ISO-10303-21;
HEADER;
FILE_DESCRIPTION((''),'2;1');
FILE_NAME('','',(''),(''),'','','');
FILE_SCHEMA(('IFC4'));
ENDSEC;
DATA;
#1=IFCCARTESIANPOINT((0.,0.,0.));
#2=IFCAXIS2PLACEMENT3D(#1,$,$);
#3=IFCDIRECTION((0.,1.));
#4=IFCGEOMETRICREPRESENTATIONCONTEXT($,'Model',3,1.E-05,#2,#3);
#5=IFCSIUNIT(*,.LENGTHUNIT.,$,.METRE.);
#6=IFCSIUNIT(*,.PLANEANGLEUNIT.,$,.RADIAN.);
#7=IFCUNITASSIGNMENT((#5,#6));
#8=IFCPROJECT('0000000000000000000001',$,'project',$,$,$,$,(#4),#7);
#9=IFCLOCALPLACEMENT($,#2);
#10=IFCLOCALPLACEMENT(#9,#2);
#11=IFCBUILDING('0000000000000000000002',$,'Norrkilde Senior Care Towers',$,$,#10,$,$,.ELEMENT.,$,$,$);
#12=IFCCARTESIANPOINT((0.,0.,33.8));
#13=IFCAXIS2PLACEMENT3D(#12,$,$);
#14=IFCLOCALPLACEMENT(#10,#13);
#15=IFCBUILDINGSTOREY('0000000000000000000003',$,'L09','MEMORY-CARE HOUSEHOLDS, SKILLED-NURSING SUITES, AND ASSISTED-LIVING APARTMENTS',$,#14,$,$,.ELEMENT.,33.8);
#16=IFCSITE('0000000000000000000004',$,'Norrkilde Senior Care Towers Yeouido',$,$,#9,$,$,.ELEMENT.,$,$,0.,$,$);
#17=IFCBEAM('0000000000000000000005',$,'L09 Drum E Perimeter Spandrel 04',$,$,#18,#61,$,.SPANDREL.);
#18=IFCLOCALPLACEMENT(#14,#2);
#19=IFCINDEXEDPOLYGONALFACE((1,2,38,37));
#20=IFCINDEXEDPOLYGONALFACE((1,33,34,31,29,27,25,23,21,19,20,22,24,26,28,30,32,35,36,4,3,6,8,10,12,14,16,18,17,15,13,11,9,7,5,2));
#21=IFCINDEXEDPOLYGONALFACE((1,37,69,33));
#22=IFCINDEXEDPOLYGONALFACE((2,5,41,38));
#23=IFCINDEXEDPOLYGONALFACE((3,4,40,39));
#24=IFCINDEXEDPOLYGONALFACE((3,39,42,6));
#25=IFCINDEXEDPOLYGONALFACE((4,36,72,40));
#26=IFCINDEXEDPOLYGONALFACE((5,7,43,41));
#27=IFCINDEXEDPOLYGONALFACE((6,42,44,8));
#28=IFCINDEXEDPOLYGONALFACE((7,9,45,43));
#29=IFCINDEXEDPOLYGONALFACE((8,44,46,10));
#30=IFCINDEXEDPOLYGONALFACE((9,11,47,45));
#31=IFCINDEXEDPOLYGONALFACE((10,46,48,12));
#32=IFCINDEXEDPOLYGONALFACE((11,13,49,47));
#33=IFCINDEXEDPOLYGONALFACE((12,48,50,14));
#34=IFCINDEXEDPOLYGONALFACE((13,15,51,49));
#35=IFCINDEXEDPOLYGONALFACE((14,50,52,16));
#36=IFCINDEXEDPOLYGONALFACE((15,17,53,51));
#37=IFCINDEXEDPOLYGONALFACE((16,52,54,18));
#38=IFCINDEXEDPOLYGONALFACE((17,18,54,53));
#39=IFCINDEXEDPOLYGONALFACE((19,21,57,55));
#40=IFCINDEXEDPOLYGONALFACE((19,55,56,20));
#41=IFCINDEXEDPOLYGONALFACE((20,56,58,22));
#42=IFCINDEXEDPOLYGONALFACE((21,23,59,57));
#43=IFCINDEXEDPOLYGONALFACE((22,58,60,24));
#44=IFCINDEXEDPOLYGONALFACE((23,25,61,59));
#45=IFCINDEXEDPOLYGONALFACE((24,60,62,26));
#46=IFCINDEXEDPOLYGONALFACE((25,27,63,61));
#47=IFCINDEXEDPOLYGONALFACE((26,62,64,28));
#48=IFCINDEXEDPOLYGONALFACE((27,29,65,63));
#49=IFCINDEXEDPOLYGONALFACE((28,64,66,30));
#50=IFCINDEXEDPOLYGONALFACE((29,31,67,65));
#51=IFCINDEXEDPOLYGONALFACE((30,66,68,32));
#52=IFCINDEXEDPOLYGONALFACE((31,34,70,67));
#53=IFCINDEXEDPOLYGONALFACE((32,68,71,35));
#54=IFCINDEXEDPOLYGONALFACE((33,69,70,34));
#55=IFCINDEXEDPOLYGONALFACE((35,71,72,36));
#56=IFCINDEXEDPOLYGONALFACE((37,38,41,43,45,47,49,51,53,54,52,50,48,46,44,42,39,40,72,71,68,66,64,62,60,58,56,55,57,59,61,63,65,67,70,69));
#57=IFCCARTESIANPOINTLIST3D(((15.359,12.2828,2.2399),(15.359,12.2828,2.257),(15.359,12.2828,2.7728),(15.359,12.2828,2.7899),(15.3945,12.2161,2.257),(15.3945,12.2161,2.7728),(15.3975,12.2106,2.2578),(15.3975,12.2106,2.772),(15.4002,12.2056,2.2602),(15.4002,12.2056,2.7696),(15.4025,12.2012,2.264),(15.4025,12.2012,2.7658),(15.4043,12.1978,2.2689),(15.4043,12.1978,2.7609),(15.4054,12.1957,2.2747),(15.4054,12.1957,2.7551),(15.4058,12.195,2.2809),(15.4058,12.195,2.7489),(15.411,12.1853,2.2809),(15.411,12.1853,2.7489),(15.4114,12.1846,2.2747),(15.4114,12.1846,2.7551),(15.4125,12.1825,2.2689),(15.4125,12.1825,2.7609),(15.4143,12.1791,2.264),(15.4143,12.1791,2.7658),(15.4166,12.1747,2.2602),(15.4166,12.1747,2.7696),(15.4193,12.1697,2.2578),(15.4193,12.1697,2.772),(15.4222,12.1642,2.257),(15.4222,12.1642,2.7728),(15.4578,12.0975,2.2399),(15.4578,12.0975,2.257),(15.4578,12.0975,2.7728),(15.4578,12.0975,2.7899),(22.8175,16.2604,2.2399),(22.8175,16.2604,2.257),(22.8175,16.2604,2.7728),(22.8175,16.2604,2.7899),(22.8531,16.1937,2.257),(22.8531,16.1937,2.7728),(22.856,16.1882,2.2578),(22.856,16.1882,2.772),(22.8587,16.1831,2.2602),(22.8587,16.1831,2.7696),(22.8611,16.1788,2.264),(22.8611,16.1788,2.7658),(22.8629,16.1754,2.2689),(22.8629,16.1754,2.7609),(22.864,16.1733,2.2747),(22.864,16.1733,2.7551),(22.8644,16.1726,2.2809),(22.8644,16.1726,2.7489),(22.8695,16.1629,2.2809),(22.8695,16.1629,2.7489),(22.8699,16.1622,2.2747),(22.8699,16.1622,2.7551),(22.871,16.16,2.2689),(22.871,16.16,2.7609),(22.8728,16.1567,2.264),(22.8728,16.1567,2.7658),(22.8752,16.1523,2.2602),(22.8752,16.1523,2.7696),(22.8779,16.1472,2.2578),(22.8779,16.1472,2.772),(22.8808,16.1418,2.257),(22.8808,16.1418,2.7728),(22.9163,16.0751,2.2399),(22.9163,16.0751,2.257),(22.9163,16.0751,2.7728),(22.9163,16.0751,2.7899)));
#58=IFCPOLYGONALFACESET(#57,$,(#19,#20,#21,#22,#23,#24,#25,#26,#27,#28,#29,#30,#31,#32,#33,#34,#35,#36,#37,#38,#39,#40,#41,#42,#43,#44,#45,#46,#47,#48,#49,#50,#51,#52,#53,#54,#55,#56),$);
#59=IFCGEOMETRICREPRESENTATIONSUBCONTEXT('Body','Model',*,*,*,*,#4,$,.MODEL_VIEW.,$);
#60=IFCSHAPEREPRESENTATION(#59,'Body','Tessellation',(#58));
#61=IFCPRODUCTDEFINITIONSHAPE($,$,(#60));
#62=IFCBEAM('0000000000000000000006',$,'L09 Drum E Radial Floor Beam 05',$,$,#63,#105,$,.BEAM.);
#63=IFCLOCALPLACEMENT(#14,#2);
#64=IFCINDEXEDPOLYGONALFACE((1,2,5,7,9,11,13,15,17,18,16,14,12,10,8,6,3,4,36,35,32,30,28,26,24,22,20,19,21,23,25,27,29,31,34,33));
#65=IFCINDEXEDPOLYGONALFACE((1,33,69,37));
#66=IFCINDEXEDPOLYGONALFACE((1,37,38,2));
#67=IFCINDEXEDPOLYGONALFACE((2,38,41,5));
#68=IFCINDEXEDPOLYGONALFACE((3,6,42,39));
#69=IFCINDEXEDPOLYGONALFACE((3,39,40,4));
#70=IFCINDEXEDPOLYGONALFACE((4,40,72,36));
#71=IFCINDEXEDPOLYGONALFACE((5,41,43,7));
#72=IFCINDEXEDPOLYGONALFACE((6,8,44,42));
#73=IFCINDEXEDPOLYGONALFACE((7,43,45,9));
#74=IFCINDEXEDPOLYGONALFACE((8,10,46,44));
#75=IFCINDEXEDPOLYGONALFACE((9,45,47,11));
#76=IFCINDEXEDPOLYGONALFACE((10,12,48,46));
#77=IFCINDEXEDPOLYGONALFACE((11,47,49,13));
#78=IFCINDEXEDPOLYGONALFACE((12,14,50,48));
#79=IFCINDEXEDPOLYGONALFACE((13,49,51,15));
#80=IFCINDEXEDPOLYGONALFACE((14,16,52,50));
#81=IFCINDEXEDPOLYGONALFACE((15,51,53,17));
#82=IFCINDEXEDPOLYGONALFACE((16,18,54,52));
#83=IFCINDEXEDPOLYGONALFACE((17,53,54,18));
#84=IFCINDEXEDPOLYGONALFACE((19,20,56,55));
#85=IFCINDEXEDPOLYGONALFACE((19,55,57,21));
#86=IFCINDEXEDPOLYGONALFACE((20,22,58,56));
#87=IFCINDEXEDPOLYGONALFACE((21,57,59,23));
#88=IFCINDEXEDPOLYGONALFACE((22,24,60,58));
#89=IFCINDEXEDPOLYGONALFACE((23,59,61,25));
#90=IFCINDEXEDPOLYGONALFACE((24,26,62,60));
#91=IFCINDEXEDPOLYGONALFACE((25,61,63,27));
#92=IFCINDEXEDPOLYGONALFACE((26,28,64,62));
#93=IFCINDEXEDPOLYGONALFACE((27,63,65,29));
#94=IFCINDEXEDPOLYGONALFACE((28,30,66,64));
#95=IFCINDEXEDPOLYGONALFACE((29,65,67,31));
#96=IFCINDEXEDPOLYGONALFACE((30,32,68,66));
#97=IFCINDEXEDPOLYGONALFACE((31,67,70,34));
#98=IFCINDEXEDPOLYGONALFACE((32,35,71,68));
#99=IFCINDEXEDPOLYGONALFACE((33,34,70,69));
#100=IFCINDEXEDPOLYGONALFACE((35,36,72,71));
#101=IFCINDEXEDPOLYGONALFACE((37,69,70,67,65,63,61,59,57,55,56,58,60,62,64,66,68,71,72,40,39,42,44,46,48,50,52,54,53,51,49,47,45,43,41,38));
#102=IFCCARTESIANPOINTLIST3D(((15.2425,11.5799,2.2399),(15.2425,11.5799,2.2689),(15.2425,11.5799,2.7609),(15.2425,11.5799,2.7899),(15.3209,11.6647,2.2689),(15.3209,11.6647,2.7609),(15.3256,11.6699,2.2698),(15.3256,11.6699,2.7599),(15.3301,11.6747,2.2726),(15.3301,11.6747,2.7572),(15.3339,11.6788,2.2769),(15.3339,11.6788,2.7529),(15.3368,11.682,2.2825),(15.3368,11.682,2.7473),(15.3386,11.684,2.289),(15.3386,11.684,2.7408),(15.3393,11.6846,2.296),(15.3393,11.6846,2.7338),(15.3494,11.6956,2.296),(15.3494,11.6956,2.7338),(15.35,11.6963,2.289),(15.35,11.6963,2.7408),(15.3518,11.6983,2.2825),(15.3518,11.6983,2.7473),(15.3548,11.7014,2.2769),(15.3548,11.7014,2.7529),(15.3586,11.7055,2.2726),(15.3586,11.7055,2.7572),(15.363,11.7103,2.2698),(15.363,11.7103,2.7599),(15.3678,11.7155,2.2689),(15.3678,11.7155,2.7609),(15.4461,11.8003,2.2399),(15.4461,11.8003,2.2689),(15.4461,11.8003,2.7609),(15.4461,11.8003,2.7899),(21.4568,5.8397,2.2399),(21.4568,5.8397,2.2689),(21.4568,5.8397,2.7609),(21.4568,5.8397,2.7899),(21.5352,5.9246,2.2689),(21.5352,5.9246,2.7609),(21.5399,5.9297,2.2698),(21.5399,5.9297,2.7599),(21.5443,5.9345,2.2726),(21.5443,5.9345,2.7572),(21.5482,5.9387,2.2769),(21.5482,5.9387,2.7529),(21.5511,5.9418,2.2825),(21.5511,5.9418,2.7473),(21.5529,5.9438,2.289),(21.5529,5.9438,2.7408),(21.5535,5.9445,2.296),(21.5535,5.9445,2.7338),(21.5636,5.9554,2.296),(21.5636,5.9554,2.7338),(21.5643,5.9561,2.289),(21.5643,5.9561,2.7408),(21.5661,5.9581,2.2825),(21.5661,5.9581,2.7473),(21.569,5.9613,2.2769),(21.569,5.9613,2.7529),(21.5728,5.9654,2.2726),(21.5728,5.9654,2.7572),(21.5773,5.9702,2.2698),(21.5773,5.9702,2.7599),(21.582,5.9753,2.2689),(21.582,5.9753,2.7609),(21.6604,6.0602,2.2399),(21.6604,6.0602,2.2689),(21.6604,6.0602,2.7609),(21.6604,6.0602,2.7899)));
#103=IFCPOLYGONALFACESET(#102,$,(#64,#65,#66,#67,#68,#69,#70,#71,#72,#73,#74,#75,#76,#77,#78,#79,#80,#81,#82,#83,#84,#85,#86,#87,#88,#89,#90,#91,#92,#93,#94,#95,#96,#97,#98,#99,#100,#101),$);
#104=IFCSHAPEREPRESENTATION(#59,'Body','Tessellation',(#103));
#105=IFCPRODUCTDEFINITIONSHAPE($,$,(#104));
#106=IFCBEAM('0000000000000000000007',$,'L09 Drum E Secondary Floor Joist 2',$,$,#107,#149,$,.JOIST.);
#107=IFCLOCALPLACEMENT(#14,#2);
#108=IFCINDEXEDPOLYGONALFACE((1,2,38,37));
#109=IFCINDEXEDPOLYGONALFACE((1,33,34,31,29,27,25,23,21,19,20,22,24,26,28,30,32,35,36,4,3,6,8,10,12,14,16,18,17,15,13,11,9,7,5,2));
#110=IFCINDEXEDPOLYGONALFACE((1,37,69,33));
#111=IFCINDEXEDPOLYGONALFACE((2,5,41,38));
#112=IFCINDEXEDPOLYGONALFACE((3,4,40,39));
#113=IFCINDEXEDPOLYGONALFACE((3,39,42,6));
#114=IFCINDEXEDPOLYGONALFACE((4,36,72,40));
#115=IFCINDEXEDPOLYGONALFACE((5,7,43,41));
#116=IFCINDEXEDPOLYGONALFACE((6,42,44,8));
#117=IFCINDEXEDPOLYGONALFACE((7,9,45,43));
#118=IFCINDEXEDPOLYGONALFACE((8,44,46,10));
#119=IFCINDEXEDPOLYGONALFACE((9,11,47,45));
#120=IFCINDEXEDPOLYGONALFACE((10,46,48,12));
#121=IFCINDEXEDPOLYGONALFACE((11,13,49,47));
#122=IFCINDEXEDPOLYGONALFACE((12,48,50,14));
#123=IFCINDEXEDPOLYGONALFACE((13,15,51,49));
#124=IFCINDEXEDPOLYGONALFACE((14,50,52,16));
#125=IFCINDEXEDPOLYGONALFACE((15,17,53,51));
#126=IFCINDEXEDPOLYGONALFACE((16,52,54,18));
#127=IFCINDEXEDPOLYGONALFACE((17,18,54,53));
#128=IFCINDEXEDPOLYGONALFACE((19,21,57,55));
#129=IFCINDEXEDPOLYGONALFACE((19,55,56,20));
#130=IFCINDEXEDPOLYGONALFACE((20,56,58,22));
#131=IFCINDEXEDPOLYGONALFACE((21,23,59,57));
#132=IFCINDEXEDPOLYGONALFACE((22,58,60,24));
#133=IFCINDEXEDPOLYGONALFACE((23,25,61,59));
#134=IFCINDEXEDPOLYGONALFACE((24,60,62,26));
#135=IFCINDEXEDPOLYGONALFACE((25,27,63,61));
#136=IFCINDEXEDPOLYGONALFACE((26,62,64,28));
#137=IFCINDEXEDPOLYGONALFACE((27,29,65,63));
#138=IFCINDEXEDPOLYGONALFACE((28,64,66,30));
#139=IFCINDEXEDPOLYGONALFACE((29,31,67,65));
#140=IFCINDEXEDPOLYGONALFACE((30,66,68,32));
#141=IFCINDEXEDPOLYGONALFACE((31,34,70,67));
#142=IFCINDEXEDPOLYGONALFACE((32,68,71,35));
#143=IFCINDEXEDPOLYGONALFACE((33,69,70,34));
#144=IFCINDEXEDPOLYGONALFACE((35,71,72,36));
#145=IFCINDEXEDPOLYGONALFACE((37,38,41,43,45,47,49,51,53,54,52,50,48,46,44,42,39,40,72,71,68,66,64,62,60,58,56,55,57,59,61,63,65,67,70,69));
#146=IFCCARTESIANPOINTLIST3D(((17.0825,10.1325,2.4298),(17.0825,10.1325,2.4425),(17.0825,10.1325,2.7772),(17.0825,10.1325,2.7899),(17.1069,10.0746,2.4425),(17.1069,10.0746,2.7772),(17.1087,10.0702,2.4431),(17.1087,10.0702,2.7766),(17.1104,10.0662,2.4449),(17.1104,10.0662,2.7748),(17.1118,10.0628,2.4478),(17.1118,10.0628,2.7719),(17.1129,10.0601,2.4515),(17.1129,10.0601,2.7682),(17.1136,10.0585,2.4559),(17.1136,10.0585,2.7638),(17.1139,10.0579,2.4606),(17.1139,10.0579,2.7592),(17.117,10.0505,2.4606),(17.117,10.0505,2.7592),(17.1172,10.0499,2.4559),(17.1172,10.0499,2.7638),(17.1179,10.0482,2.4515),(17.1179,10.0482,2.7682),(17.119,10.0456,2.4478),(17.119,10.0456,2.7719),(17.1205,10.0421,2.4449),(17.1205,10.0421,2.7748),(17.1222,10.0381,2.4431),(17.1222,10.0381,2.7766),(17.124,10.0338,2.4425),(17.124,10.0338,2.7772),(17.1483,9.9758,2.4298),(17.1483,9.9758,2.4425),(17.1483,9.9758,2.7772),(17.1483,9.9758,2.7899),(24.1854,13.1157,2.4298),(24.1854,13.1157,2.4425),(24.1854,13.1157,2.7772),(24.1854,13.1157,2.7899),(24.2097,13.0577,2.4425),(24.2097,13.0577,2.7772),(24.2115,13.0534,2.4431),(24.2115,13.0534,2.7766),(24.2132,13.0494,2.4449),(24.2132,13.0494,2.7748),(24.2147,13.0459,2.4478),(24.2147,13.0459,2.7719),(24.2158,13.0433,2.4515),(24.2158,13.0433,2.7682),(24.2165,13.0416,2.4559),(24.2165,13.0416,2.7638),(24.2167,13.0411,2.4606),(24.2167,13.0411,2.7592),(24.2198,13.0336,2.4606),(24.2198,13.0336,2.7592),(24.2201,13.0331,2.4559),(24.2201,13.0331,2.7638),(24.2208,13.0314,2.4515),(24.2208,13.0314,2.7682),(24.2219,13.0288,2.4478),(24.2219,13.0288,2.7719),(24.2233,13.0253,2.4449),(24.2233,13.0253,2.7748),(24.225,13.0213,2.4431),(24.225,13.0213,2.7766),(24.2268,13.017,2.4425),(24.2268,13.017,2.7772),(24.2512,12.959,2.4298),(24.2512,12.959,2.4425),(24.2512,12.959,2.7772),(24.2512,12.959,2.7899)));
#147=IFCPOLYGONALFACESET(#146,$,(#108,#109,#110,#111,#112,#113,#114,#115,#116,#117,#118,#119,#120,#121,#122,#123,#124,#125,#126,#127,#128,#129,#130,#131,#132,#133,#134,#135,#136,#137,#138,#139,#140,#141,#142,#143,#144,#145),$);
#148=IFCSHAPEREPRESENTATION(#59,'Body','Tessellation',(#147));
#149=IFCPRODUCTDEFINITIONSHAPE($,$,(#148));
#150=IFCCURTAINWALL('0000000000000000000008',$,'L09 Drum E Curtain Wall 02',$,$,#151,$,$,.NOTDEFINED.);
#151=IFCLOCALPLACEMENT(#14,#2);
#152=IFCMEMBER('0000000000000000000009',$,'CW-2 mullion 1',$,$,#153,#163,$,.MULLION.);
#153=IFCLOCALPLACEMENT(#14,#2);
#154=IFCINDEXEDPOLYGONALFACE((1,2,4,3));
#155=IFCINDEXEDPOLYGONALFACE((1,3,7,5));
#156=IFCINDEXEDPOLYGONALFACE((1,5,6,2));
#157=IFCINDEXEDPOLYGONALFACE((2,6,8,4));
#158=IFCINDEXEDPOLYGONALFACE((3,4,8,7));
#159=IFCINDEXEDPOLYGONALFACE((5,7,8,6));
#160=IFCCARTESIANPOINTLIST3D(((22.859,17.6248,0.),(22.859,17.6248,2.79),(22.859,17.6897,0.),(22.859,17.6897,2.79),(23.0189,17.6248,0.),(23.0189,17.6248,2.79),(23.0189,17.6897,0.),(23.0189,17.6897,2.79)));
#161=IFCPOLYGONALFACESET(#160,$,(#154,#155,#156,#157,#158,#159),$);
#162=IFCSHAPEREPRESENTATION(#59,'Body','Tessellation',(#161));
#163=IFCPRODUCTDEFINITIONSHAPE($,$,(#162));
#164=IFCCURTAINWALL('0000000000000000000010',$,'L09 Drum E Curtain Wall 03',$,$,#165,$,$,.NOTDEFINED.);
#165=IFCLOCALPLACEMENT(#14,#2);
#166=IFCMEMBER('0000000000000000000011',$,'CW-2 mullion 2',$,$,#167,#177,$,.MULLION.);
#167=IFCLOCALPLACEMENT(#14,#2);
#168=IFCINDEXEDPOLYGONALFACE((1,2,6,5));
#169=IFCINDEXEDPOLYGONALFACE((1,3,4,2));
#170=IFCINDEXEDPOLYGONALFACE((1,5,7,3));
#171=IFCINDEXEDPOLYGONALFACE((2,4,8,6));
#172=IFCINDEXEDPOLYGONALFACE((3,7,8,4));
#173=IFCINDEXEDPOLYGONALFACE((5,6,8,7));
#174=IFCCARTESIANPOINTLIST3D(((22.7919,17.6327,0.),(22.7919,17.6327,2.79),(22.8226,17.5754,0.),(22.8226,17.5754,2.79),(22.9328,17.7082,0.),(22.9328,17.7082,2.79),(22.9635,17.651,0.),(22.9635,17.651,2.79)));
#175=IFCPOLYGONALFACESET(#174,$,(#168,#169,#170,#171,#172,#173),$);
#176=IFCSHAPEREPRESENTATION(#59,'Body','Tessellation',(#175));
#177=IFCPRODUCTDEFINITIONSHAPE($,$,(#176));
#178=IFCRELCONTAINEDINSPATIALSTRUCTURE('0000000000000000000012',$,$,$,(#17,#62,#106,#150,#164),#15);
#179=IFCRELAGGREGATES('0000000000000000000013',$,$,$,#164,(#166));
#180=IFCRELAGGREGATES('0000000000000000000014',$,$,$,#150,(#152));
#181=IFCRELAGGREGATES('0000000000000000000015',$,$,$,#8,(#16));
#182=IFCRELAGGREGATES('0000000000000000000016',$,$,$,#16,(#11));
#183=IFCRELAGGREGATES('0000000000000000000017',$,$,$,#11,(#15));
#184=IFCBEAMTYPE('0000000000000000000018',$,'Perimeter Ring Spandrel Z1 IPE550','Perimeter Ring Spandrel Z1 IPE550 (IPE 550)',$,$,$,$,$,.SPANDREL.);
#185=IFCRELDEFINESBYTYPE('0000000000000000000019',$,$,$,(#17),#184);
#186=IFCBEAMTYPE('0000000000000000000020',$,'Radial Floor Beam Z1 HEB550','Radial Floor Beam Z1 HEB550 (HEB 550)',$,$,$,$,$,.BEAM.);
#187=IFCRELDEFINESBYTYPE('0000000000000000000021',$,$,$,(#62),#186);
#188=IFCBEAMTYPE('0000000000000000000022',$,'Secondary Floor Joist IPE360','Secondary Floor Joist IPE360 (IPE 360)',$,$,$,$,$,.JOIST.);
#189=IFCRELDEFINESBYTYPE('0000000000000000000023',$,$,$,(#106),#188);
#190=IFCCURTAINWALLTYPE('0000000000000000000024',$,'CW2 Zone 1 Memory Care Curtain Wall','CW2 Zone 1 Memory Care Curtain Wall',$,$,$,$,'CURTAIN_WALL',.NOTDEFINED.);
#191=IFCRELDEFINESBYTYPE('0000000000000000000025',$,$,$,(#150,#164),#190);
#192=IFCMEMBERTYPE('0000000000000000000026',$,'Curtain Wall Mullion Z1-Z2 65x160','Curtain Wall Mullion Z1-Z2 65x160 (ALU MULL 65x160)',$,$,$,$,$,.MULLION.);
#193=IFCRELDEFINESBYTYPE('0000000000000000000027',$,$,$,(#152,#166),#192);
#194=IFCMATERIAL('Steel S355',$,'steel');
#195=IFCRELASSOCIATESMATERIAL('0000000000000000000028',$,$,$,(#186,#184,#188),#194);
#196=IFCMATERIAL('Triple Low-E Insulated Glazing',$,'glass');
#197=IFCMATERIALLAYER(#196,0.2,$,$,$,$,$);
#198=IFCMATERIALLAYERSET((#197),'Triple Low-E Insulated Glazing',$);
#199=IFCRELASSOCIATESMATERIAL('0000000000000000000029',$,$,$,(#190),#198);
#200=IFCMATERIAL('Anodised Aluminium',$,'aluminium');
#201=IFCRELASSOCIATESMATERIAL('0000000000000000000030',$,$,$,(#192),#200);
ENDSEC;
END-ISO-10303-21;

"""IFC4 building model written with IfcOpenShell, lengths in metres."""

from ifc_helpers import new_model, si_unit, direction, frame, origin, origin_2d, place, context, subcontext, project, spatial, rectangle, i_section, extrude, source, transform, mapped, material, layer, layer_set, material_profile, profile_set, type_object, type_shapes, element, aggregate, save


model = new_model("IFC4")

# Units and contexts
model_context = context("Model", 3, precision=1e-05, world=origin(), true_north=direction((0.0, 1.0)))
body_context = subcontext(model_context, "Body", "Model", "MODEL_VIEW")
ifc_project = project(units=[si_unit("LENGTHUNIT", "METRE"), si_unit("PLANEANGLEUNIT", "RADIAN")], contexts=[model_context])

# Site, building, storey
site_placement = place(None, origin())
site = spatial("IfcSite", under=ifc_project, at=site_placement, Name="Norrkilde Senior Care Towers Yeouido", CompositionType="ELEMENT", RefElevation=0.0)
building_placement = place(site_placement, origin())
building = spatial("IfcBuilding", under=site, at=building_placement, Name="Norrkilde Senior Care Towers", CompositionType="ELEMENT")
storey_placement = place(building_placement, frame((0.0, 0.0, 33.8)))
storey = spatial("IfcBuildingStorey", under=building, at=storey_placement, Name="L09", Description="MEMORY-CARE HOUSEHOLDS, SKILLED-NURSING SUITES, AND ASSISTED-LIVING APARTMENTS", CompositionType="ELEMENT", Elevation=33.8)

# Beams
ifc_material_1 = material(Name="Steel S355", Category="steel")
ifc_material_profile_1 = material_profile(ifc_material_1, i_section(OverallWidth=0.3, OverallDepth=0.55, WebThickness=0.0149, FlangeThickness=0.0291, FilletRadius=0.0271, at=origin_2d()), Name="HEB 550")
ifc_profile_set_1 = profile_set([ifc_material_profile_1], Name="Steel S355")
beam_type_1 = type_object("IfcBeamType", Name="Radial Floor Beam Z1 HEB550", Description="Radial Floor Beam Z1 HEB550 (HEB 550)", PredefinedType="BEAM", material=ifc_profile_set_1)
ifc_material_profile_2 = material_profile(ifc_material_1, i_section(OverallWidth=0.21, OverallDepth=0.55, WebThickness=0.011, FlangeThickness=0.0171, FilletRadius=0.0239, at=origin_2d()), Name="IPE 550")
ifc_profile_set_2 = profile_set([ifc_material_profile_2], Name="Steel S355")
beam_type_2 = type_object("IfcBeamType", Name="Perimeter Ring Spandrel Z1 IPE550", Description="Perimeter Ring Spandrel Z1 IPE550 (IPE 550)", PredefinedType="SPANDREL", material=ifc_profile_set_2)
shared_shape_1 = source(origin(), body_context, "Body", "SweptSolid", [
    extrude(i_section(OverallWidth=0.21, OverallDepth=0.55, WebThickness=0.011, FlangeThickness=0.0171, FilletRadius=0.0239, at=origin_2d()), origin(), (0.0, 0.0, 1.0), 8.4529),
])
type_shapes(beam_type_2, [shared_shape_1])
beam_1_placement = place(storey_placement, frame((22.8669, 16.1677, 2.5149), z_axis=(-0.882369, -0.470558, 0.0), x_axis=(0.470558, -0.882369, 0.0)))
element("IfcBeam", 1, at=beam_1_placement, inside=storey, type_object=beam_type_2, Name="L09 Drum E Perimeter Spandrel 04", PredefinedType="SPANDREL", context=body_context, shape_type="MappedRepresentation", body=[
    mapped(shared_shape_1, transform((0.0, 0.0, 0.0), x_axis=(1.0, 0.0, 0.0), y_axis=(0.0, 1.0, 0.0), z_axis=(0.0, 0.0, 1.0), scale=1.0)),
])
shared_shape_2 = source(origin(), body_context, "Body", "SweptSolid", [
    extrude(i_section(OverallWidth=0.3, OverallDepth=0.55, WebThickness=0.0149, FlangeThickness=0.0291, FilletRadius=0.0271, at=origin_2d()), origin(), (0.0, 0.0, 1.0), 8.4597),
])
beam_2_placement = place(storey_placement, frame((21.5586, 5.95, 2.5149), z_axis=(-0.734573, 0.678529, 0.0), x_axis=(-0.678529, -0.734573, 0.0)))
element("IfcBeam", 2, at=beam_2_placement, inside=storey, type_object=beam_type_1, Name="L09 Drum E Radial Floor Beam 05", PredefinedType="BEAM", context=body_context, shape_type="MappedRepresentation", body=[
    mapped(shared_shape_2, transform((0.0, 0.0, 0.0), x_axis=(1.0, 0.0, 0.0), y_axis=(0.0, 1.0, 0.0), z_axis=(0.0, 0.0, 1.0), scale=1.0)),
])
ifc_material_profile_3 = material_profile(ifc_material_1, i_section(OverallWidth=0.1699, OverallDepth=0.3601, WebThickness=0.0081, FlangeThickness=0.0127, FilletRadius=0.0181, at=origin_2d()), Name="IPE 360")
ifc_profile_set_3 = profile_set([ifc_material_profile_3], Name="Steel S355")
beam_type_3 = type_object("IfcBeamType", Name="Secondary Floor Joist IPE360", Description="Secondary Floor Joist IPE360 (IPE 360)", PredefinedType="JOIST", material=ifc_profile_set_3)
shared_shape_3 = source(origin(), body_context, "Body", "SweptSolid", [
    extrude(i_section(OverallWidth=0.1699, OverallDepth=0.3601, WebThickness=0.0081, FlangeThickness=0.0127, FilletRadius=0.0181, at=origin_2d()), origin(), (0.0, 0.0, 1.0), 7.7039),
])
type_shapes(beam_type_3, [shared_shape_3])
beam_3_placement = place(storey_placement, frame((24.2183, 13.0374, 2.6099), z_axis=(-0.921983, -0.387231, 0.0), x_axis=(0.387231, -0.921983, 0.0)))
element("IfcBeam", 3, at=beam_3_placement, inside=storey, type_object=beam_type_3, Name="L09 Drum E Secondary Floor Joist 2", PredefinedType="JOIST", context=body_context, shape_type="MappedRepresentation", body=[
    mapped(shared_shape_3, transform((0.0, 0.0, 0.0), x_axis=(1.0, 0.0, 0.0), y_axis=(0.0, 1.0, 0.0), z_axis=(0.0, 0.0, 1.0), scale=1.0)),
])

# Curtain walls, members
ifc_material_2 = material(Name="Triple Low-E Insulated Glazing", Category="glass")
ifc_layer_1 = layer(ifc_material_2, 0.2)
ifc_layer_set_1 = layer_set([ifc_layer_1], Name="Triple Low-E Insulated Glazing")
curtain_wall_type = type_object("IfcCurtainWallType", Name="CW2 Zone 1 Memory Care Curtain Wall", Description="CW2 Zone 1 Memory Care Curtain Wall", ElementType="CURTAIN_WALL", PredefinedType="NOTDEFINED", material=ifc_layer_set_1)
curtain_wall_1_placement = place(storey_placement, origin())
curtain_wall_1 = element("IfcCurtainWall", 4, at=curtain_wall_1_placement, inside=storey, type_object=curtain_wall_type, Name="L09 Drum E Curtain Wall 02", PredefinedType="NOTDEFINED")
ifc_material_3 = material(Name="Anodised Aluminium", Category="aluminium")
ifc_material_profile_4 = material_profile(ifc_material_3, rectangle(XDim=0.0649, YDim=0.1599, at=origin_2d()), Name="ALU MULL 65x160")
ifc_profile_set_4 = profile_set([ifc_material_profile_4], Name="Anodised Aluminium")
member_type_1 = type_object("IfcMemberType", Name="Curtain Wall Mullion Z1-Z2 65x160", Description="Curtain Wall Mullion Z1-Z2 65x160 (ALU MULL 65x160)", PredefinedType="MULLION", material=ifc_profile_set_4)
shared_shape_4 = source(origin(), body_context, "Body", "SweptSolid", [
    extrude(rectangle(XDim=0.0649, YDim=0.1599, at=origin_2d()), origin(), (0.0, 0.0, 1.0), 2.79),
])
type_shapes(member_type_1, [shared_shape_4])
member_1_placement = place(storey_placement, frame((22.939, 17.6572, 0.0), z_axis=(0.0, 0.0, 1.0), x_axis=(0.0, 1.0, 0.0)))
member_1 = element("IfcMember", 5, at=member_1_placement, type_object=member_type_1, Name="CW-2 mullion 1", PredefinedType="MULLION", context=body_context, shape_type="MappedRepresentation", body=[
    mapped(shared_shape_4, transform((0.0, 0.0, 0.0), x_axis=(1.0, 0.0, 0.0), y_axis=(0.0, 1.0, 0.0), z_axis=(0.0, 0.0, 1.0), scale=1.0)),
])
curtain_wall_2_placement = place(storey_placement, origin())
curtain_wall_2 = element("IfcCurtainWall", 6, at=curtain_wall_2_placement, inside=storey, type_object=curtain_wall_type, Name="L09 Drum E Curtain Wall 03", PredefinedType="NOTDEFINED")
member_2_placement = place(storey_placement, frame((22.8777, 17.6418, 0.0), z_axis=(0.0, 0.0, 1.0), x_axis=(-0.472608, 0.881273, 0.0)))
member_2 = element("IfcMember", 7, at=member_2_placement, type_object=member_type_1, Name="CW-2 mullion 2", PredefinedType="MULLION", context=body_context, shape_type="MappedRepresentation", body=[
    mapped(shared_shape_4, transform((0.0, 0.0, 0.0), x_axis=(1.0, 0.0, 0.0), y_axis=(0.0, 1.0, 0.0), z_axis=(0.0, 0.0, 1.0), scale=1.0)),
])
aggregate(curtain_wall_2, [member_2])

aggregate(curtain_wall_1, [member_1])

save(model, "model.ifc")
